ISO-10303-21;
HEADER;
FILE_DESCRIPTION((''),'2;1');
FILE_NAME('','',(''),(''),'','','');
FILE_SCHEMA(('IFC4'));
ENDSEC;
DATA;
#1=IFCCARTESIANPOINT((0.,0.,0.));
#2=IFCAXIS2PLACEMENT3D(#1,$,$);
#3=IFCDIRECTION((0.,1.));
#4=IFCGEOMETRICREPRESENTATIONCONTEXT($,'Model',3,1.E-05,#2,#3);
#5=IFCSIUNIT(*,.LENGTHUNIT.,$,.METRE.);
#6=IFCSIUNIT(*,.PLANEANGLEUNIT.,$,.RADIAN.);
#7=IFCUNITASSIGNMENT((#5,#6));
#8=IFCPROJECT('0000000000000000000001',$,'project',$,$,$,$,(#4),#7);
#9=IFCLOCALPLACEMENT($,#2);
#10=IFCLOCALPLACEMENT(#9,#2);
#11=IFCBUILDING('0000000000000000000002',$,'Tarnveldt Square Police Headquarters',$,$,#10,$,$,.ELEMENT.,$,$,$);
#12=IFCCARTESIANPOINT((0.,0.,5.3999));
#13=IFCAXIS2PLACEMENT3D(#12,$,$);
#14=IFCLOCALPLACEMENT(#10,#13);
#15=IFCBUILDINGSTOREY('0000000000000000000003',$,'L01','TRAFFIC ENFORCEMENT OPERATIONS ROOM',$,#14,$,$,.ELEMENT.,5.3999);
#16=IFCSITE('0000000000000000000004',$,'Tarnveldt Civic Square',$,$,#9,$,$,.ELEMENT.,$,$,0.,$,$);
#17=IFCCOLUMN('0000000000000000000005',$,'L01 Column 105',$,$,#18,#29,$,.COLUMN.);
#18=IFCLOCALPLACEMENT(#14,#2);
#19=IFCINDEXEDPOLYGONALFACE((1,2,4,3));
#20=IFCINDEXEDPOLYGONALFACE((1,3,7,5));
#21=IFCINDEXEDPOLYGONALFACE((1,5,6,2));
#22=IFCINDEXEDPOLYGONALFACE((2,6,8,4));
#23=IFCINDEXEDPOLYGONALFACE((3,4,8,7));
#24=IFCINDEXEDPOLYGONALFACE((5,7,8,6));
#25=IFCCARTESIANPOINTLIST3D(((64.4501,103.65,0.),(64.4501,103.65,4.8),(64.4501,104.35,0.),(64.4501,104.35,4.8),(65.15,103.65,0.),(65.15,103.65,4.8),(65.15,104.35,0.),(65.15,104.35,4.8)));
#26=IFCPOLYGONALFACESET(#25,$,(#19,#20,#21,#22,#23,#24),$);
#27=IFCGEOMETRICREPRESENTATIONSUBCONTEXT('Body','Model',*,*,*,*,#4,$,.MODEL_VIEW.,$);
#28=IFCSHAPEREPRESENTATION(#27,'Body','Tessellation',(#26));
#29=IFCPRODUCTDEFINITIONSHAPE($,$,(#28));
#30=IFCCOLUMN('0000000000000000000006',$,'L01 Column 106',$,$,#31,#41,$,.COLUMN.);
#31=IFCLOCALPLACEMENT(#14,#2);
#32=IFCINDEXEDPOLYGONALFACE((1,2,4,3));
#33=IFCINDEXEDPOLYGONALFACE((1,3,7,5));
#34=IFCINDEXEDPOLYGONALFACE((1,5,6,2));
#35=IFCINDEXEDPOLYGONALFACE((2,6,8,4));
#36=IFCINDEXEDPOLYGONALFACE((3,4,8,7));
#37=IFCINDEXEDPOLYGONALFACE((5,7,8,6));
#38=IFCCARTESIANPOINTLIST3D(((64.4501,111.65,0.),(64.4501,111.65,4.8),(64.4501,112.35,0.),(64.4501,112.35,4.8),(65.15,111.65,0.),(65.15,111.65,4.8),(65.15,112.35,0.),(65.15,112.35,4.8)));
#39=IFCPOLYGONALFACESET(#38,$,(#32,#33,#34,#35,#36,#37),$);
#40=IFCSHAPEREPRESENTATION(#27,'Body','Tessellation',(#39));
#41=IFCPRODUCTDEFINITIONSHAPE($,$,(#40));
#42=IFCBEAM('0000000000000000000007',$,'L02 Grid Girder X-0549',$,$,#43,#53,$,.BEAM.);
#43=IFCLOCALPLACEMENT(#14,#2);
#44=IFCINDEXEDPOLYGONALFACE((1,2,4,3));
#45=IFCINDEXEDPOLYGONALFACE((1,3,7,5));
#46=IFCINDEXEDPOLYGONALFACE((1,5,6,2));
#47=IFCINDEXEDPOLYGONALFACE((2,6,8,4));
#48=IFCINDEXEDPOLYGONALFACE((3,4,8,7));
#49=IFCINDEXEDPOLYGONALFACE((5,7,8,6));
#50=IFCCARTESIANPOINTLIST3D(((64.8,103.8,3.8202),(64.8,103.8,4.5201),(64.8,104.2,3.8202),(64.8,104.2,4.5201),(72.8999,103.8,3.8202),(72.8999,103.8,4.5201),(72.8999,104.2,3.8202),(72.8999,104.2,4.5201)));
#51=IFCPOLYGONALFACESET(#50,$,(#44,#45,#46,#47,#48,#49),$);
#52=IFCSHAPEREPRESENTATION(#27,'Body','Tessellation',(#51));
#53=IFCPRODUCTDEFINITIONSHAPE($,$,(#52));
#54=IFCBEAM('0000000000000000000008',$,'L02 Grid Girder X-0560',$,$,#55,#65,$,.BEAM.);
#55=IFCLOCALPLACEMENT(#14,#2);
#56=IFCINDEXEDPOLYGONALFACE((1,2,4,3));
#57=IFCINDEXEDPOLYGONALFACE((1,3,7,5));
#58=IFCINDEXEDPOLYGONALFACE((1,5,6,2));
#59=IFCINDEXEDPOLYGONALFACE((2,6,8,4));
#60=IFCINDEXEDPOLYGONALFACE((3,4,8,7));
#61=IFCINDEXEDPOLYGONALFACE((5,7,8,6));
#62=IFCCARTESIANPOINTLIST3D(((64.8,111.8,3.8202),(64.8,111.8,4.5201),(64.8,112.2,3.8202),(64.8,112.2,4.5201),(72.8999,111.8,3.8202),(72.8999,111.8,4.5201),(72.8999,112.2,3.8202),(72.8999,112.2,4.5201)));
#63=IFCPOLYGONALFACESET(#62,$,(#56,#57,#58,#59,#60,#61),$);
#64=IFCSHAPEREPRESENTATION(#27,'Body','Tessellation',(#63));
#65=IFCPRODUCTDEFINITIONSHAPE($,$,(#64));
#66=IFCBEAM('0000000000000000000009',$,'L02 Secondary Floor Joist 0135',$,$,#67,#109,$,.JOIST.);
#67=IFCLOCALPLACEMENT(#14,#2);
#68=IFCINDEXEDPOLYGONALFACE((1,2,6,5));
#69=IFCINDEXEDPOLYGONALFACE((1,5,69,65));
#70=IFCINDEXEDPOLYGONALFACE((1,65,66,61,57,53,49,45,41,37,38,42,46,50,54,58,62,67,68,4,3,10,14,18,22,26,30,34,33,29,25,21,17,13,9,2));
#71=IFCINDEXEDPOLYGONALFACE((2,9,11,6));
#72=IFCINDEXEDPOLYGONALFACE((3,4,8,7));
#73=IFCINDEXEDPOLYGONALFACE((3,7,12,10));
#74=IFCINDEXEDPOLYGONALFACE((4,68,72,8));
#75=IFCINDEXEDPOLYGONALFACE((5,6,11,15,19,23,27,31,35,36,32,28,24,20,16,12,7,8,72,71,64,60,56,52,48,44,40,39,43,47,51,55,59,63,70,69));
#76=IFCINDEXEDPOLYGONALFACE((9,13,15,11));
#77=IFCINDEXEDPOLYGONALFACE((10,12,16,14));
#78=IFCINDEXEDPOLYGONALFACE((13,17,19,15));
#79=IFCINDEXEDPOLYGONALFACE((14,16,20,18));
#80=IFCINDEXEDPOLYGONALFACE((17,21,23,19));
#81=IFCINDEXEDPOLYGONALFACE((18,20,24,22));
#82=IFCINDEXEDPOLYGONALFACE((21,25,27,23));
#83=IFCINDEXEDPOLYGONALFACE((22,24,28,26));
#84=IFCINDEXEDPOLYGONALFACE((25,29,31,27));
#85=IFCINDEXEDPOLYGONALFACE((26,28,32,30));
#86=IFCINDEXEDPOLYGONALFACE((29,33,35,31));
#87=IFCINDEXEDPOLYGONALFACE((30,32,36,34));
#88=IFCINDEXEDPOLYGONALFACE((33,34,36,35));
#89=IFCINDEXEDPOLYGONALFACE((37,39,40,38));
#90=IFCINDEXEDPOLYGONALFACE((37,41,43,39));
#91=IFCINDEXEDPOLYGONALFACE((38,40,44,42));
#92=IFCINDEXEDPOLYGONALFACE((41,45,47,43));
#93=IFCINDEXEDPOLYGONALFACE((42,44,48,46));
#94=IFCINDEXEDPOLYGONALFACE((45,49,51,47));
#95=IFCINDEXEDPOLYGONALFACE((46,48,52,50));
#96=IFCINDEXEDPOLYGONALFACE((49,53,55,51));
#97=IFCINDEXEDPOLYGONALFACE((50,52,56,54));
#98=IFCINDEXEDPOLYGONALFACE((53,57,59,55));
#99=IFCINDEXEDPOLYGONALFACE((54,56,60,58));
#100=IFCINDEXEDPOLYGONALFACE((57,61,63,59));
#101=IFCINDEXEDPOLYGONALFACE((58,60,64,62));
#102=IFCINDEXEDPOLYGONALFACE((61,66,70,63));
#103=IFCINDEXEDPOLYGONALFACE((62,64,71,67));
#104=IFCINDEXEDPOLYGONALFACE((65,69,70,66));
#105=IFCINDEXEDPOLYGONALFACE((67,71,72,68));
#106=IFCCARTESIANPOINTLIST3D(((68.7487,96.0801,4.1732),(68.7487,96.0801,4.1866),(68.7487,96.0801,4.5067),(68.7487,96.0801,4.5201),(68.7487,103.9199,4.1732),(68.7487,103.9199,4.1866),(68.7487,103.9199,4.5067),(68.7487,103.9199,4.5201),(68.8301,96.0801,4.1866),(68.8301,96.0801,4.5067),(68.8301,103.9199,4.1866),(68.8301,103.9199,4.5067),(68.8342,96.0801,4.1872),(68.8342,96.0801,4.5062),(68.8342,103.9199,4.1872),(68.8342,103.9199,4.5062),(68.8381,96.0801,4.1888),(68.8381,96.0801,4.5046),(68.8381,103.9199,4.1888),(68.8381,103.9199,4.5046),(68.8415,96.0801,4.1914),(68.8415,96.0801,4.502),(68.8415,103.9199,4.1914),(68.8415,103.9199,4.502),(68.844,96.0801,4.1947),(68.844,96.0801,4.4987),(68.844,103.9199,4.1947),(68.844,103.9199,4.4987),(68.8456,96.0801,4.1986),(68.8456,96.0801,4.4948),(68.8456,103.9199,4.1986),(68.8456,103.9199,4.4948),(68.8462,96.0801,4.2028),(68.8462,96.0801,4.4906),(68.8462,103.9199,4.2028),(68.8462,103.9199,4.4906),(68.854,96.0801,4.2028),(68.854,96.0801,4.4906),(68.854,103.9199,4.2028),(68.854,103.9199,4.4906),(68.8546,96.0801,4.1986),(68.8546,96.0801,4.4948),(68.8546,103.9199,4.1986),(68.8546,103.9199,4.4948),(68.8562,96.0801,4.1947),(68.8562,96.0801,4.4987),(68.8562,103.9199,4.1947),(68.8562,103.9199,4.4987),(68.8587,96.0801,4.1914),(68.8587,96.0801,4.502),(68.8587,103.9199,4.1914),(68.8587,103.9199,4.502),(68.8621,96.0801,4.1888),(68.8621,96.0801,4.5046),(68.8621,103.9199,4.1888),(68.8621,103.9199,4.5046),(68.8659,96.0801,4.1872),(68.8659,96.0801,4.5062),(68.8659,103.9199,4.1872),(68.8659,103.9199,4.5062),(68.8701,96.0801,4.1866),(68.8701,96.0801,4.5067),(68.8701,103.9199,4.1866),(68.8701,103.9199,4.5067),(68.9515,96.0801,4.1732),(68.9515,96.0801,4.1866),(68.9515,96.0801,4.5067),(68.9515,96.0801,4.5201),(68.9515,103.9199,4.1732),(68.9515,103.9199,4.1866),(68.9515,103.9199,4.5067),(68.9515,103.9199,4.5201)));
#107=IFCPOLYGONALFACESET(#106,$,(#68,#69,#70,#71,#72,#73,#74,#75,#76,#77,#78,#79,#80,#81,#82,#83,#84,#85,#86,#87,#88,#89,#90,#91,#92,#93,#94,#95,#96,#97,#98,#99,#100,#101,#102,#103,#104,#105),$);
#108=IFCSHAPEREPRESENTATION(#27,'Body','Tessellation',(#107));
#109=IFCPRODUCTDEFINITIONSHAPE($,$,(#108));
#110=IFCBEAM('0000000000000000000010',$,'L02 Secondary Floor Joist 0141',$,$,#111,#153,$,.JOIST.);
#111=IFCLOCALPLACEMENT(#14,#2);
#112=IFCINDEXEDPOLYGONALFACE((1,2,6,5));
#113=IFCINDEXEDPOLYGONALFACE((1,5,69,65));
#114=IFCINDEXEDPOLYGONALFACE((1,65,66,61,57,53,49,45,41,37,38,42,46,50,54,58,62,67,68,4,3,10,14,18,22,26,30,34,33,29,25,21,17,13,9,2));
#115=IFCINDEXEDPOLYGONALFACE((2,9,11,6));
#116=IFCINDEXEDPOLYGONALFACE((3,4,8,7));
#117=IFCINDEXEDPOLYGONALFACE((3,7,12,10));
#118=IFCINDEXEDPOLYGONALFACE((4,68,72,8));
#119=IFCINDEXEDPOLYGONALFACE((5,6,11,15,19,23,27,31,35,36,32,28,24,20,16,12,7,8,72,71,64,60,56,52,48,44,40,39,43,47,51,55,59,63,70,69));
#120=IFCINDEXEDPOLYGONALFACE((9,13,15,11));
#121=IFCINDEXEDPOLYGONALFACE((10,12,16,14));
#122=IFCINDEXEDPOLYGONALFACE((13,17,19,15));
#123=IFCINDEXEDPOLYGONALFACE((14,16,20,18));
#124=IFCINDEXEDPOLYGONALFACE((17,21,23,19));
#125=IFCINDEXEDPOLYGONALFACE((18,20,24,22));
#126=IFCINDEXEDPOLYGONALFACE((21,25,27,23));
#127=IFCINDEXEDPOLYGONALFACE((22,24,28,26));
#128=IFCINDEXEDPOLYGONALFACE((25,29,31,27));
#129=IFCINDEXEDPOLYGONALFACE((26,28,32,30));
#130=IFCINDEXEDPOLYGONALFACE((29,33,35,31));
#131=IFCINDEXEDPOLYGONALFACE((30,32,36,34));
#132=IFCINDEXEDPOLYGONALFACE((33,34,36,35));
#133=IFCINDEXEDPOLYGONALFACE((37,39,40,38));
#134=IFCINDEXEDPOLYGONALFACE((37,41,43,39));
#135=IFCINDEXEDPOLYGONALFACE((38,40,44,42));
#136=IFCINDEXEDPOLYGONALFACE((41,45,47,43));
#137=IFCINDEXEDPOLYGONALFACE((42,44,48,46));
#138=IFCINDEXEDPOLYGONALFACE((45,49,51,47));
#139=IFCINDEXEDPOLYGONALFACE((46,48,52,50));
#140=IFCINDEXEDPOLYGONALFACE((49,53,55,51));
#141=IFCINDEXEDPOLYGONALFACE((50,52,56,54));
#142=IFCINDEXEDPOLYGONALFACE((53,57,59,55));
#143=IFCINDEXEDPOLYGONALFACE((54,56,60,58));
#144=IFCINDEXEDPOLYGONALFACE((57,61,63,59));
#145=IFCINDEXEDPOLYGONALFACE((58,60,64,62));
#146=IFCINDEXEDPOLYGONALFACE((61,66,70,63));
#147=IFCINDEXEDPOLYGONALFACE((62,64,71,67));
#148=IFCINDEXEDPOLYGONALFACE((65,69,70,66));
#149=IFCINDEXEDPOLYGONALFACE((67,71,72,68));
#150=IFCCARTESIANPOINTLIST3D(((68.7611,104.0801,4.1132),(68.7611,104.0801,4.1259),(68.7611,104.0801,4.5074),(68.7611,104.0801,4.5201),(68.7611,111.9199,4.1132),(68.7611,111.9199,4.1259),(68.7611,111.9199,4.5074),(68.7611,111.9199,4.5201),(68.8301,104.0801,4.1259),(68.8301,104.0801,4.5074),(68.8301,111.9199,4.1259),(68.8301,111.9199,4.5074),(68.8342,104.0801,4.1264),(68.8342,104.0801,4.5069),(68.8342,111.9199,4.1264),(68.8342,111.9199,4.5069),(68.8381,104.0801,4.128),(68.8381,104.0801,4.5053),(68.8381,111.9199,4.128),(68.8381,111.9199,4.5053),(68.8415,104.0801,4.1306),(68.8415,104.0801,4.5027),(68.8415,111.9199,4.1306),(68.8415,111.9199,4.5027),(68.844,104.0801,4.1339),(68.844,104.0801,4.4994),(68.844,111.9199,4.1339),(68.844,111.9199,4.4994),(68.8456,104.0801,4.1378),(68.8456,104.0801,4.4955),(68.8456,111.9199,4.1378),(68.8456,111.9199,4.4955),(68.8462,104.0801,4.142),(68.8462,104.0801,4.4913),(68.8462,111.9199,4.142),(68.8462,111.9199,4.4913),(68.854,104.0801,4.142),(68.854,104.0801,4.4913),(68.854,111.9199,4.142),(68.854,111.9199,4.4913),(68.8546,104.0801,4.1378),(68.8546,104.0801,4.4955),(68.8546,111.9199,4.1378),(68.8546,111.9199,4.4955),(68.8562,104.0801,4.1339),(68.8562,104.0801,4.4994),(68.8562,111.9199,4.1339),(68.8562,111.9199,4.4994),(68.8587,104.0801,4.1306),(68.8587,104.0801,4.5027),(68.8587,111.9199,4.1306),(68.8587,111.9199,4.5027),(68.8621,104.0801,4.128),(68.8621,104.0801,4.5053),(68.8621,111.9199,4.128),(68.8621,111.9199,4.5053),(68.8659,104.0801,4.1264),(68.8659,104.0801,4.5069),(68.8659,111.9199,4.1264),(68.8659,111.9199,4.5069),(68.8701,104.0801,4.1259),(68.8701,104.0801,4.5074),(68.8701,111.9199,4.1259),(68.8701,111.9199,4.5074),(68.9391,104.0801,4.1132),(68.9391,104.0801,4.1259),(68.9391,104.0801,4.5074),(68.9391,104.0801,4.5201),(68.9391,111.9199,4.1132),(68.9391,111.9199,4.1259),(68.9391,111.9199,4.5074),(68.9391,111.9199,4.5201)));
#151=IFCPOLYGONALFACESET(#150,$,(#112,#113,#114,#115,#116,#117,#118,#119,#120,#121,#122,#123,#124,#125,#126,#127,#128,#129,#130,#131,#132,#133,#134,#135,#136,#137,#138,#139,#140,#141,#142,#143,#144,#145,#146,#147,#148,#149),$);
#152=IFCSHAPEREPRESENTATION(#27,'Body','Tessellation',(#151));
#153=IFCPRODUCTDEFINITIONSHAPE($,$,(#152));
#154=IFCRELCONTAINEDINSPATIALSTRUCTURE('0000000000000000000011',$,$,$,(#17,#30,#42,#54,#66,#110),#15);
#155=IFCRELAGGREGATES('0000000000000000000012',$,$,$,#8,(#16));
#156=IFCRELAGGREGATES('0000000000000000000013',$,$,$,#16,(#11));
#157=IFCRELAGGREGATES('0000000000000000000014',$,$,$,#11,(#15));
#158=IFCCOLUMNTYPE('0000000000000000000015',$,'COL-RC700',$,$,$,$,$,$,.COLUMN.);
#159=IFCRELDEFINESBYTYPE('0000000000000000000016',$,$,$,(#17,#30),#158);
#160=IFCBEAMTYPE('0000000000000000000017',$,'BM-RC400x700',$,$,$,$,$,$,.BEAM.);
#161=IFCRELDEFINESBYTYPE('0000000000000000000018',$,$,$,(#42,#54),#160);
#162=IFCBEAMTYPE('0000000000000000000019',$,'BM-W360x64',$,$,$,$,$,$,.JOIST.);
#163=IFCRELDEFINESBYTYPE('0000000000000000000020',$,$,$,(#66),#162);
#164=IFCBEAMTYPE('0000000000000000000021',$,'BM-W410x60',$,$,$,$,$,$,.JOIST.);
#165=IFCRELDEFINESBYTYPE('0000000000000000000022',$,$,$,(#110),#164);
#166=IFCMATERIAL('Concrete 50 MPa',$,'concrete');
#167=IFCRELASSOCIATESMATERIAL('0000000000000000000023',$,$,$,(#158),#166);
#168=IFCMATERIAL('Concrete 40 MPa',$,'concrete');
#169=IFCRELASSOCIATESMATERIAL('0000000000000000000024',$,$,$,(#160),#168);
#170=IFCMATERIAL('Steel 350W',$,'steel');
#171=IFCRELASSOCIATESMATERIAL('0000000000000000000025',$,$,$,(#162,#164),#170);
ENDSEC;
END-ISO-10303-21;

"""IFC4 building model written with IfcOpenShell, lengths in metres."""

from ifc_helpers import new_model, si_unit, direction, frame, origin, origin_2d, place, context, subcontext, project, spatial, rectangle, i_section, extrude, material, material_profile, profile_set, type_object, element, save


model = new_model("IFC4")

# Units and contexts
model_context = context("Model", 3, precision=1e-05, world=origin(), true_north=direction((0.0, 1.0)))
body_context = subcontext(model_context, "Body", "Model", "MODEL_VIEW")
ifc_project = project(units=[si_unit("LENGTHUNIT", "METRE"), si_unit("PLANEANGLEUNIT", "RADIAN")], contexts=[model_context])

# Site, building, storey
site_placement = place(None, origin())
site = spatial("IfcSite", under=ifc_project, at=site_placement, Name="Tarnveldt Civic Square", CompositionType="ELEMENT", RefElevation=0.0)
building_placement = place(site_placement, origin())
building = spatial("IfcBuilding", under=site, at=building_placement, Name="Tarnveldt Square Police Headquarters", CompositionType="ELEMENT")
storey_placement = place(building_placement, frame((0.0, 0.0, 5.3999)))
storey = spatial("IfcBuildingStorey", under=building, at=storey_placement, Name="L01", Description="TRAFFIC ENFORCEMENT OPERATIONS ROOM", CompositionType="ELEMENT", Elevation=5.3999)

# Columns
ifc_material_1 = material(Name="Concrete 50 MPa", Category="concrete")
ifc_material_profile_1 = material_profile(ifc_material_1, rectangle(XDim=0.7, YDim=0.7, at=origin_2d()), Name="RC-C700x700")
ifc_profile_set_1 = profile_set([ifc_material_profile_1], Name="Concrete 50 MPa")
column_type = type_object("IfcColumnType", Name="COL-RC700", PredefinedType="COLUMN", material=ifc_profile_set_1)
for number, where, z_axis, x_axis, name in (
    (1, (64.8, 104.0, 0.0), (0.0, 0.0, 1.0), (1.0, 0.0, 0.0), "L01 Column 105"),
    (2, (64.8, 112.0, 0.0), (0.0, 0.0, 1.0), (1.0, 0.0, 0.0), "L01 Column 106"),
):
    element("IfcColumn", number, at=place(storey_placement, frame(where, z_axis=z_axis, x_axis=x_axis)), inside=storey, type_object=column_type, Name=name, PredefinedType="COLUMN", context=body_context, shape_type="SweptSolid", body=[
        extrude(rectangle(XDim=0.7, YDim=0.7, at=origin_2d()), origin(), (0.0, 0.0, 1.0), 4.8),
    ])

# Beams
ifc_material_2 = material(Name="Concrete 40 MPa", Category="concrete")
ifc_material_profile_2 = material_profile(ifc_material_2, rectangle(XDim=0.3999, YDim=0.7, at=origin_2d()), Name="RC-B400x700")
ifc_profile_set_2 = profile_set([ifc_material_profile_2], Name="Concrete 40 MPa")
beam_type_1 = type_object("IfcBeamType", Name="BM-RC400x700", PredefinedType="BEAM", material=ifc_profile_set_2)
for number, where, z_axis, x_axis, name in (
    (3, (64.8, 104.0, 4.1702), (1.0, 0.0, 0.0), (0.0, 1.0, 0.0), "L02 Grid Girder X-0549"),
    (4, (64.8, 112.0, 4.1702), (1.0, 0.0, 0.0), (0.0, 1.0, 0.0), "L02 Grid Girder X-0560"),
):
    element("IfcBeam", number, at=place(storey_placement, frame(where, z_axis=z_axis, x_axis=x_axis)), inside=storey, type_object=beam_type_1, Name=name, PredefinedType="BEAM", context=body_context, shape_type="SweptSolid", body=[
        extrude(rectangle(XDim=0.3999, YDim=0.7, at=origin_2d()), origin(), (0.0, 0.0, 1.0), 8.0999),
    ])
ifc_material_3 = material(Name="Steel 350W", Category="steel")
ifc_material_profile_3 = material_profile(ifc_material_3, i_section(OverallWidth=0.2029, OverallDepth=0.3469, WebThickness=0.0078, FlangeThickness=0.0134, FilletRadius=0.0161, at=origin_2d()), Name="W360x64")
ifc_profile_set_3 = profile_set([ifc_material_profile_3], Name="Steel 350W")
beam_type_2 = type_object("IfcBeamType", Name="BM-W360x64", PredefinedType="JOIST", material=ifc_profile_set_3)
beam_1_placement = place(storey_placement, frame((68.8501, 96.0801, 4.3467), z_axis=(0.0, 1.0, 0.0), x_axis=(-1.0, 0.0, 0.0)))
element("IfcBeam", 5, at=beam_1_placement, inside=storey, type_object=beam_type_2, Name="L02 Secondary Floor Joist 0135", PredefinedType="JOIST", context=body_context, shape_type="SweptSolid", body=[
    extrude(i_section(OverallWidth=0.2029, OverallDepth=0.3469, WebThickness=0.0078, FlangeThickness=0.0134, FilletRadius=0.0161, at=origin_2d()), origin(), (0.0, 0.0, 1.0), 7.8398),
])
ifc_material_profile_4 = material_profile(ifc_material_3, i_section(OverallWidth=0.178, OverallDepth=0.407, WebThickness=0.0078, FlangeThickness=0.0127, FilletRadius=0.0161, at=origin_2d()), Name="W410x60")
ifc_profile_set_4 = profile_set([ifc_material_profile_4], Name="Steel 350W")
beam_type_3 = type_object("IfcBeamType", Name="BM-W410x60", PredefinedType="JOIST", material=ifc_profile_set_4)
beam_2_placement = place(storey_placement, frame((68.8501, 104.0801, 4.3167), z_axis=(0.0, 1.0, 0.0), x_axis=(-1.0, 0.0, 0.0)))
element("IfcBeam", 6, at=beam_2_placement, inside=storey, type_object=beam_type_3, Name="L02 Secondary Floor Joist 0141", PredefinedType="JOIST", context=body_context, shape_type="SweptSolid", body=[
    extrude(i_section(OverallWidth=0.178, OverallDepth=0.407, WebThickness=0.0078, FlangeThickness=0.0127, FilletRadius=0.0161, at=origin_2d()), origin(), (0.0, 0.0, 1.0), 7.8398),
])

save(model, "model.ifc")
